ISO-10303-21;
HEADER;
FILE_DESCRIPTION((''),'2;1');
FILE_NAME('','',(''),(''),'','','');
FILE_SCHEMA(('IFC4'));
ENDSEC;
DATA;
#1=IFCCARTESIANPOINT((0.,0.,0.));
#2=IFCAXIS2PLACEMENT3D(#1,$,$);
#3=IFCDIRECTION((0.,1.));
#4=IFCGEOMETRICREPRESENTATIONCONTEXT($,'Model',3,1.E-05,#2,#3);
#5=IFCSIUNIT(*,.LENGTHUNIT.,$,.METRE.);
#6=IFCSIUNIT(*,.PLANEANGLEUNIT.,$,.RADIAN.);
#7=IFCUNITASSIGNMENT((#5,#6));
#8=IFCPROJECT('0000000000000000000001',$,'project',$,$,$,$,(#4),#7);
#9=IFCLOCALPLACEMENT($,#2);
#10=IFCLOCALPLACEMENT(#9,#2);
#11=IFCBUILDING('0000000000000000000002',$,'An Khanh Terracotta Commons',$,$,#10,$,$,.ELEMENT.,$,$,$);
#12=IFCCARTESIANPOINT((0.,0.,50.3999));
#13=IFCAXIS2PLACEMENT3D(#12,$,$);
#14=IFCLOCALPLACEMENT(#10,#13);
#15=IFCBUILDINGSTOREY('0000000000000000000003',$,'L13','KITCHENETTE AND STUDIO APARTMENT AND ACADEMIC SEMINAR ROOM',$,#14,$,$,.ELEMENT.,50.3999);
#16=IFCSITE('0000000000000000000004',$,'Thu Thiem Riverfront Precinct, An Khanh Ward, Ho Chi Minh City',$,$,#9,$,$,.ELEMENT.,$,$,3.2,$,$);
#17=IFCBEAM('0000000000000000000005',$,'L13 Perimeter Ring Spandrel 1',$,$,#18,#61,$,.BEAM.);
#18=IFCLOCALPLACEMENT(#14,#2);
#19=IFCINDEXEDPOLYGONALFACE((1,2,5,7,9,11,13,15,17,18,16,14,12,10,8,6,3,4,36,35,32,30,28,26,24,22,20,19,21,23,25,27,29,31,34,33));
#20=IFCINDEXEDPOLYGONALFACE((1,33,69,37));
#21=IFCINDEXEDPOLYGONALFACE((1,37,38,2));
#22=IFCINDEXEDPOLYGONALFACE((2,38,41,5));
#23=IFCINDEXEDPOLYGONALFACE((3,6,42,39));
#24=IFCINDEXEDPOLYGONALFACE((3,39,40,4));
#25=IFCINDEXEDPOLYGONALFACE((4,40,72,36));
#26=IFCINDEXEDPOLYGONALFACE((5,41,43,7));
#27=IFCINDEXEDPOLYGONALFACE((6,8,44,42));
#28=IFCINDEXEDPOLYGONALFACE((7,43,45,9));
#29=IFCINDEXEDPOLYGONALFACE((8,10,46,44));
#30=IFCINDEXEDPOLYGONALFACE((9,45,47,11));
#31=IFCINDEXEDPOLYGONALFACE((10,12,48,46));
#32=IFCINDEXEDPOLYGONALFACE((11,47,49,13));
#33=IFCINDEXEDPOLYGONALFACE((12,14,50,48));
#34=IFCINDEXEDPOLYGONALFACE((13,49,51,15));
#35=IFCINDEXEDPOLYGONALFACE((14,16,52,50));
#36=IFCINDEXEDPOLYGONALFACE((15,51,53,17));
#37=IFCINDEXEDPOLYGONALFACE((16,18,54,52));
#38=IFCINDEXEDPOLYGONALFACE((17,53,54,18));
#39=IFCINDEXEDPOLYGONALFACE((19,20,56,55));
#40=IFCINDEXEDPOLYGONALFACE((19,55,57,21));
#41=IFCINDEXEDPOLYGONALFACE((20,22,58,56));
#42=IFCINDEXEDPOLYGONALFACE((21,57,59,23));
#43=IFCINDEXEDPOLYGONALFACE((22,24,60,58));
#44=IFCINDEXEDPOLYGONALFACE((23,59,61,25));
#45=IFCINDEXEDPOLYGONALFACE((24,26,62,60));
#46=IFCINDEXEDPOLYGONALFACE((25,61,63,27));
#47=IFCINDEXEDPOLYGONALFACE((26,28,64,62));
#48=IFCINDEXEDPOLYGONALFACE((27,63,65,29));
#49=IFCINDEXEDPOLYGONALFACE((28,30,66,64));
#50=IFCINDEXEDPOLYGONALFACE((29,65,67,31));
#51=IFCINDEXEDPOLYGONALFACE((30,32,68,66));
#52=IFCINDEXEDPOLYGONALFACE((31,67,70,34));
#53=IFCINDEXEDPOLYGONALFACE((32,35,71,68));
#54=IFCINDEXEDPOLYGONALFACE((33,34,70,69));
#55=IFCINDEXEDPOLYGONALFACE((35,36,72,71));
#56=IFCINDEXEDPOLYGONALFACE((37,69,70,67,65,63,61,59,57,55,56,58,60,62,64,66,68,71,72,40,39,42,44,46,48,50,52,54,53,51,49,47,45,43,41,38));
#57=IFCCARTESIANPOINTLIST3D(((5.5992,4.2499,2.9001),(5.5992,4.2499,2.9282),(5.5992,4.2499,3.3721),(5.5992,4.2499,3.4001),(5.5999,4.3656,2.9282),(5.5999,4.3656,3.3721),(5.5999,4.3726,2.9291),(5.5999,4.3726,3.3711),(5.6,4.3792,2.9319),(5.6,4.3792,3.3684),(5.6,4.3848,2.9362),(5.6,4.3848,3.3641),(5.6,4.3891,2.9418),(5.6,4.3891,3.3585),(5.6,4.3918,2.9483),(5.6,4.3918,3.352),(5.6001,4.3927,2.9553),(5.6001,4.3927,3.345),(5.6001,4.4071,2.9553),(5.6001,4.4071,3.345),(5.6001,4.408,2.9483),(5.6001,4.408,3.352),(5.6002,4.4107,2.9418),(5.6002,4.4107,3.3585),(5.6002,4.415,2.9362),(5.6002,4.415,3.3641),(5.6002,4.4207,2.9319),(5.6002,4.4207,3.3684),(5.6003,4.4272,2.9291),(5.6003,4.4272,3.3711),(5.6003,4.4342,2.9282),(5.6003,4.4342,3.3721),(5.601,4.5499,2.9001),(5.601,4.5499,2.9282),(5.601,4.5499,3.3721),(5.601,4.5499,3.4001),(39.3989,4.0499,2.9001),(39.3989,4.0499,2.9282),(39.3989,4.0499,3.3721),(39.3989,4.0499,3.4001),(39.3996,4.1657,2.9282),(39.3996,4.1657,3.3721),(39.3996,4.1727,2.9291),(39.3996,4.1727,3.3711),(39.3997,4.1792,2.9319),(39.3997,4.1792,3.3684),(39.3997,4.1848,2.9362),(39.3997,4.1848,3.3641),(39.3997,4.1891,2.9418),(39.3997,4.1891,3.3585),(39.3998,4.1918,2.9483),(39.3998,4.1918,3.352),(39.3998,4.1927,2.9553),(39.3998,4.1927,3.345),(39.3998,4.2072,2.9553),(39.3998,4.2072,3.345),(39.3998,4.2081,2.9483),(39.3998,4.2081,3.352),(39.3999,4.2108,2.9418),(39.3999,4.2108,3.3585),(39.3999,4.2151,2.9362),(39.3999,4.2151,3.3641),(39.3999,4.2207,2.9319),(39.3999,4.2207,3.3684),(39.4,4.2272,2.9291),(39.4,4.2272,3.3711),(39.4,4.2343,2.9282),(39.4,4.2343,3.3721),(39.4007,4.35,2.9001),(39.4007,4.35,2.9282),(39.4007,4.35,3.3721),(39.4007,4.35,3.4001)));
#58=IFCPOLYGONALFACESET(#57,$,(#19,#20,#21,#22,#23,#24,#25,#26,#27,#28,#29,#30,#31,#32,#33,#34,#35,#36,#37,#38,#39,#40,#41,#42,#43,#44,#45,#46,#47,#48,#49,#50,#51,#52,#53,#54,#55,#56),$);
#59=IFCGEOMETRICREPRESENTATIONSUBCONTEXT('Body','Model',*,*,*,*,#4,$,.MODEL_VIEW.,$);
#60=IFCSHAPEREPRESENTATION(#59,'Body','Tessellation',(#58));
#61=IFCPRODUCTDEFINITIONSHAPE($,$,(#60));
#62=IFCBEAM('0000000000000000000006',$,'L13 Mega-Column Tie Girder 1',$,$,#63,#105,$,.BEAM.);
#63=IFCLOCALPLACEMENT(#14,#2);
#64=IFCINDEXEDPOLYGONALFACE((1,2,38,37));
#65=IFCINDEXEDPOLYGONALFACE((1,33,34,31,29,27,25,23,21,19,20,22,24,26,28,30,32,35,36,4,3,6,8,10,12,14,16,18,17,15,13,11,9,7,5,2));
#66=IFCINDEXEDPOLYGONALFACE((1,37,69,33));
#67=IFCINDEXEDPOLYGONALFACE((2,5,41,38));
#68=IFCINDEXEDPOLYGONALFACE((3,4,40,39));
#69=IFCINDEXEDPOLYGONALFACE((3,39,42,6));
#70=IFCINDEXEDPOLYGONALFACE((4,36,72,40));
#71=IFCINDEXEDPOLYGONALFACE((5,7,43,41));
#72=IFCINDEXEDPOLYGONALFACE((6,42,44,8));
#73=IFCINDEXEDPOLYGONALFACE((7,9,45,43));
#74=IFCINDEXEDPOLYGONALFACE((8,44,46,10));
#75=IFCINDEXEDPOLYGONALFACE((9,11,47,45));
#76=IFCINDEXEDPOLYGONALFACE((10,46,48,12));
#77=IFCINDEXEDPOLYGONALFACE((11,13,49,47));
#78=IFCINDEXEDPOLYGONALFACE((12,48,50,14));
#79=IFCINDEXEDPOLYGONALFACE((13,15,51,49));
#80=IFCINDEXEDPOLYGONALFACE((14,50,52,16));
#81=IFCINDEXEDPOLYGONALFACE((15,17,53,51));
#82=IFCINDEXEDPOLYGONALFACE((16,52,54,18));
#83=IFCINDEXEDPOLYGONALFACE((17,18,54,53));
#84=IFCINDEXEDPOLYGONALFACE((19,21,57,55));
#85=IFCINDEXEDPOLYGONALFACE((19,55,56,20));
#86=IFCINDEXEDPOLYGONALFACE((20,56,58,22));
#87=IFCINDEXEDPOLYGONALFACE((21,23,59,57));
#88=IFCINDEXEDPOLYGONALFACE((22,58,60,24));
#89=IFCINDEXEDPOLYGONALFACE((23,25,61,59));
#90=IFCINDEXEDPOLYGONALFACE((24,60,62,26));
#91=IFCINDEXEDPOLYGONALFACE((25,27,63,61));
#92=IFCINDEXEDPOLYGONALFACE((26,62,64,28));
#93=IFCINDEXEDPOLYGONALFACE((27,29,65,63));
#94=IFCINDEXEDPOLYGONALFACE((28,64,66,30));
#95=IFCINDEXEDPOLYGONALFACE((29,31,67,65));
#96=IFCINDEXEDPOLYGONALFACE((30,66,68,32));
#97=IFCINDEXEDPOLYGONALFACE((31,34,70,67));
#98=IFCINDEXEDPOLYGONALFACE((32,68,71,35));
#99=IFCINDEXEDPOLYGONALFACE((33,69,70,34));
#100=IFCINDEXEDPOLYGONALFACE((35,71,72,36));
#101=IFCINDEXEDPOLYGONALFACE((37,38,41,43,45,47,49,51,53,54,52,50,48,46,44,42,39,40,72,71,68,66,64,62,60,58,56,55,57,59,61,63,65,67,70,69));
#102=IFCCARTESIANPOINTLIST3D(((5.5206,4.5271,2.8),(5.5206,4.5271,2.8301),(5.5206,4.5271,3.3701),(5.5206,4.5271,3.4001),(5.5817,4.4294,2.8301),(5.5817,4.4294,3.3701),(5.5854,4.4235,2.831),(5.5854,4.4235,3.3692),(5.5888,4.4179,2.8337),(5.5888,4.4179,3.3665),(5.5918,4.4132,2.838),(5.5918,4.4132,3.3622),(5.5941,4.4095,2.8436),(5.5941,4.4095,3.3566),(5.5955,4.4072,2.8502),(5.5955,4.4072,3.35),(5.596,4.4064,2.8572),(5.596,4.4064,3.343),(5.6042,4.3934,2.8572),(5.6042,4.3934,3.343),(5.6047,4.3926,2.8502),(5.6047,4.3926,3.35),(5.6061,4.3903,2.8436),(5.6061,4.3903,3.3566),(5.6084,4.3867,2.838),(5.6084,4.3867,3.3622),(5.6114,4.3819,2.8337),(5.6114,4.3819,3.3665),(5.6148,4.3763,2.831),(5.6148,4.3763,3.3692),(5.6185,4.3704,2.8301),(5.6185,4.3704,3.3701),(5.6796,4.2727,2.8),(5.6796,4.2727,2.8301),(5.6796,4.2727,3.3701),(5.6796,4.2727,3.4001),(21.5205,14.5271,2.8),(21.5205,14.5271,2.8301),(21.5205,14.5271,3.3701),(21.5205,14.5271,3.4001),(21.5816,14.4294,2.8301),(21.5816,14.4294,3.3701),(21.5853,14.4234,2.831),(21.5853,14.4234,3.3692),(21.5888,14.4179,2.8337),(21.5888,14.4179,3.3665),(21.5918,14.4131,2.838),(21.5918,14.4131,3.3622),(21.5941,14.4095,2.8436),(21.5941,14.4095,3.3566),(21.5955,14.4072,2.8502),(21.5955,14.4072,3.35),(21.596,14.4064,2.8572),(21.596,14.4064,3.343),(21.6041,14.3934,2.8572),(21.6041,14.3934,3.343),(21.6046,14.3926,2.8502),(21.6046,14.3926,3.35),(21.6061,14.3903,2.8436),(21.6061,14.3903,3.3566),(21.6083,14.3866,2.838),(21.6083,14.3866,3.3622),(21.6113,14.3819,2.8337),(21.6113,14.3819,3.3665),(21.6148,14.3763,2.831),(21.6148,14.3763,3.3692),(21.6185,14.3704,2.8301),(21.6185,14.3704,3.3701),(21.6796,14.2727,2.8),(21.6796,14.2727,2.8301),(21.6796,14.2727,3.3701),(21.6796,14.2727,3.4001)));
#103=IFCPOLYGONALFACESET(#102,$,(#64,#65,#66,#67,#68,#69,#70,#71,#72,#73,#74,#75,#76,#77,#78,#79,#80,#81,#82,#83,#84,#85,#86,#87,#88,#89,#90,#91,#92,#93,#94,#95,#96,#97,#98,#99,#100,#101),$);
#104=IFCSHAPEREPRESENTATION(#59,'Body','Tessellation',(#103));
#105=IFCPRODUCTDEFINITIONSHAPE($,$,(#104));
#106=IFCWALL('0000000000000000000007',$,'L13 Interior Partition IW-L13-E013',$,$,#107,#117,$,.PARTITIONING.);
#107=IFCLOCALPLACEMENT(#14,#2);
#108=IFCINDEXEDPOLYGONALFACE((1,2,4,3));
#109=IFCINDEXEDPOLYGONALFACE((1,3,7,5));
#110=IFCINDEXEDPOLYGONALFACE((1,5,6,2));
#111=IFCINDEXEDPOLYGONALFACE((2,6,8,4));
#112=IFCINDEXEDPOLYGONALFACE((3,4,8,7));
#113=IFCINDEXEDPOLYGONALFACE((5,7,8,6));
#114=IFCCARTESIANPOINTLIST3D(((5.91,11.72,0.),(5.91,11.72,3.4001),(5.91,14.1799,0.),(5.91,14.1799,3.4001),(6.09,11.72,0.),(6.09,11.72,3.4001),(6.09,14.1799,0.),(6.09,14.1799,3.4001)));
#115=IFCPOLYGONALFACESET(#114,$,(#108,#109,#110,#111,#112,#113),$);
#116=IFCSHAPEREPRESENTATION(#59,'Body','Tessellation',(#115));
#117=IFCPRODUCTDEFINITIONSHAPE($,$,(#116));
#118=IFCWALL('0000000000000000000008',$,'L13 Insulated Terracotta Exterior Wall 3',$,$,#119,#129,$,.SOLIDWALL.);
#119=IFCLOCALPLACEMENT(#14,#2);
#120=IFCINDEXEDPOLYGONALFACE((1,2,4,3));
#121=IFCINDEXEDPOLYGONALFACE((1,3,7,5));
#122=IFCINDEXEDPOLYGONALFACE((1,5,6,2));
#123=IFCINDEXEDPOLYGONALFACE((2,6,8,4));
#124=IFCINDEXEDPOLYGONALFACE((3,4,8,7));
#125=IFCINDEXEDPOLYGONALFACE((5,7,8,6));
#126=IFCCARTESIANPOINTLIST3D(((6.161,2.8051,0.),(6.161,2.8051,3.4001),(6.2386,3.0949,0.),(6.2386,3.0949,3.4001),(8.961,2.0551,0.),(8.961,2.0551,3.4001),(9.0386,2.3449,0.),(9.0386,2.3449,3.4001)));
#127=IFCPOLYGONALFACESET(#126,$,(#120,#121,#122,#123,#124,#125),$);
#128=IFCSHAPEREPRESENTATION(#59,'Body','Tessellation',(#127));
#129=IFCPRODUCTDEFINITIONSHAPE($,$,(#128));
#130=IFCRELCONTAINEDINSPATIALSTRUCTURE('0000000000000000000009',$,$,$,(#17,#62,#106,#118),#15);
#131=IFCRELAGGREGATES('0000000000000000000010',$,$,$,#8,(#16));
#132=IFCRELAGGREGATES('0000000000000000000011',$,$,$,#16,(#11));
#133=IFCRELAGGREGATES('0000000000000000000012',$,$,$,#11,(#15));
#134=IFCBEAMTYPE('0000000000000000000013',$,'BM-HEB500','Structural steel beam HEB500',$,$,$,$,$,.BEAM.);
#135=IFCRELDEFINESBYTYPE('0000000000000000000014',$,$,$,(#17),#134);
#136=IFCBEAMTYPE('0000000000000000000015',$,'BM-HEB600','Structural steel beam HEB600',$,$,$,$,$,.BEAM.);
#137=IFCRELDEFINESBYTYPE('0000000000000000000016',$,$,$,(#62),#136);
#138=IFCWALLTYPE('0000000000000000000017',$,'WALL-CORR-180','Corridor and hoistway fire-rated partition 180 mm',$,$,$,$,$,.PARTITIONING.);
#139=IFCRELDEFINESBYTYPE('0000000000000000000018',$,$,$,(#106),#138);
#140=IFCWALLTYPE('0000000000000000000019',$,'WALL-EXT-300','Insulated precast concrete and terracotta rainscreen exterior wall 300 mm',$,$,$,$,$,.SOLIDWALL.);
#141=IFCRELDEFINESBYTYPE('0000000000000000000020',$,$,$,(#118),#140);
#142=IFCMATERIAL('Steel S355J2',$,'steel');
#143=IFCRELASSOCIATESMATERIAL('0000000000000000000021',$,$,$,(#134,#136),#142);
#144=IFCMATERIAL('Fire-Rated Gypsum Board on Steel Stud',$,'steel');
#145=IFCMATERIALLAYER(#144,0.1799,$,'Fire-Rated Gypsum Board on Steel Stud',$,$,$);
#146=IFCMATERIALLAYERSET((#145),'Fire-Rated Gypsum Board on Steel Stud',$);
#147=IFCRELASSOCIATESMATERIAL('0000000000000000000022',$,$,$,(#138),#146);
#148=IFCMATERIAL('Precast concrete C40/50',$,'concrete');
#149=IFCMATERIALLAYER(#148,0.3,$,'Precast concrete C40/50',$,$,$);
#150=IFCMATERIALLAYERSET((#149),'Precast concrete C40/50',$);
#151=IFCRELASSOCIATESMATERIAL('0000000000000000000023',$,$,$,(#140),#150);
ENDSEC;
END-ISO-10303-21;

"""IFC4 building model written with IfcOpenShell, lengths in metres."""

from ifc_helpers import new_model, si_unit, direction, frame, frame_2d, origin, origin_2d, place, context, subcontext, project, spatial, rectangle, i_section, extrude, material, layer, layer_set, material_profile, profile_set, type_object, element, save


model = new_model("IFC4")

# Units and contexts
model_context = context("Model", 3, precision=1e-05, world=origin(), true_north=direction((0.0, 1.0)))
body_context = subcontext(model_context, "Body", "Model", "MODEL_VIEW")
ifc_project = project(units=[si_unit("LENGTHUNIT", "METRE"), si_unit("PLANEANGLEUNIT", "RADIAN")], contexts=[model_context])

# Site, building, storey
site_placement = place(None, origin())
site = spatial("IfcSite", under=ifc_project, at=site_placement, Name="Thu Thiem Riverfront Precinct, An Khanh Ward, Ho Chi Minh City", CompositionType="ELEMENT", RefElevation=3.2)
building_placement = place(site_placement, origin())
building = spatial("IfcBuilding", under=site, at=building_placement, Name="An Khanh Terracotta Commons", CompositionType="ELEMENT")
storey_placement = place(building_placement, frame((0.0, 0.0, 50.3999)))
storey = spatial("IfcBuildingStorey", under=building, at=storey_placement, Name="L13", Description="KITCHENETTE AND STUDIO APARTMENT AND ACADEMIC SEMINAR ROOM", CompositionType="ELEMENT", Elevation=50.3999)

# Beams
ifc_material_1 = material(Name="Steel S355J2", Category="steel")
ifc_material_profile_1 = material_profile(ifc_material_1, i_section(OverallWidth=0.3, OverallDepth=0.5, WebThickness=0.0144, FlangeThickness=0.0281, FilletRadius=0.0271, at=origin_2d()), Name="HEB500")
ifc_profile_set_1 = profile_set([ifc_material_profile_1], Name="Steel S355J2")
beam_type_1 = type_object("IfcBeamType", Name="BM-HEB500", Description="Structural steel beam HEB500", PredefinedType="BEAM", material=ifc_profile_set_1)
beam_1_placement = place(storey_placement, frame((5.6001, 4.3999, 3.1501), z_axis=(0.999983, -0.005916, 0.0), x_axis=(0.005916, 0.999983, 0.0)))
element("IfcBeam", 1, at=beam_1_placement, inside=storey, type_object=beam_type_1, Name="L13 Perimeter Ring Spandrel 1", PredefinedType="BEAM", context=body_context, shape_type="SweptSolid", body=[
    extrude(i_section(OverallWidth=0.3, OverallDepth=0.5, WebThickness=0.0144, FlangeThickness=0.0281, FilletRadius=0.0271, at=origin_2d()), origin(), (0.0, 0.0, 1.0), 33.8003),
])
ifc_material_profile_2 = material_profile(ifc_material_1, i_section(OverallWidth=0.3, OverallDepth=0.6001, WebThickness=0.0154, FlangeThickness=0.03, FilletRadius=0.0271, at=origin_2d()), Name="HEB600")
ifc_profile_set_2 = profile_set([ifc_material_profile_2], Name="Steel S355J2")
beam_type_2 = type_object("IfcBeamType", Name="BM-HEB600", Description="Structural steel beam HEB600", PredefinedType="BEAM", material=ifc_profile_set_2)
beam_2_placement = place(storey_placement, frame((5.6001, 4.3999, 3.1001), z_axis=(0.847998, 0.529999, 0.0), x_axis=(-0.529999, 0.847998, 0.0)))
element("IfcBeam", 2, at=beam_2_placement, inside=storey, type_object=beam_type_2, Name="L13 Mega-Column Tie Girder 1", PredefinedType="BEAM", context=body_context, shape_type="SweptSolid", body=[
    extrude(i_section(OverallWidth=0.3, OverallDepth=0.6001, WebThickness=0.0154, FlangeThickness=0.03, FilletRadius=0.0271, at=origin_2d()), origin(), (0.0, 0.0, 1.0), 18.8679),
])

# Walls
ifc_material_2 = material(Name="Fire-Rated Gypsum Board on Steel Stud", Category="steel")
ifc_layer_1 = layer(ifc_material_2, 0.1799, Name="Fire-Rated Gypsum Board on Steel Stud")
ifc_layer_set_1 = layer_set([ifc_layer_1], Name="Fire-Rated Gypsum Board on Steel Stud")
wall_type_1 = type_object("IfcWallType", Name="WALL-CORR-180", Description="Corridor and hoistway fire-rated partition 180 mm", PredefinedType="PARTITIONING", material=ifc_layer_set_1)
wall_1_placement = place(storey_placement, frame((6.0, 11.72, 0.0), z_axis=(0.0, 0.0, 1.0), x_axis=(0.0, 1.0, 0.0)))
element("IfcWall", 3, at=wall_1_placement, inside=storey, type_object=wall_type_1, Name="L13 Interior Partition IW-L13-E013", PredefinedType="PARTITIONING", context=body_context, shape_type="SweptSolid", body=[
    extrude(rectangle(XDim=2.46, YDim=0.1799, at=frame_2d((1.23, 0.0))), origin(), (0.0, 0.0, 1.0), 3.4001),
])
ifc_material_3 = material(Name="Precast concrete C40/50", Category="concrete")
ifc_layer_2 = layer(ifc_material_3, 0.3, Name="Precast concrete C40/50")
ifc_layer_set_2 = layer_set([ifc_layer_2], Name="Precast concrete C40/50")
wall_type_2 = type_object("IfcWallType", Name="WALL-EXT-300", Description="Insulated precast concrete and terracotta rainscreen exterior wall 300 mm", PredefinedType="SOLIDWALL", material=ifc_layer_set_2)
wall_2_placement = place(storey_placement, frame((6.2, 2.95, 0.0), z_axis=(0.0, 0.0, 1.0), x_axis=(0.965949, -0.258732, 0.0)))
element("IfcWall", 4, at=wall_2_placement, inside=storey, type_object=wall_type_2, Name="L13 Insulated Terracotta Exterior Wall 3", PredefinedType="SOLIDWALL", context=body_context, shape_type="SweptSolid", body=[
    extrude(rectangle(XDim=2.8987, YDim=0.3, at=frame_2d((1.4492, 0.0))), origin(), (0.0, 0.0, 1.0), 3.4001),
])

save(model, "model.ifc")
